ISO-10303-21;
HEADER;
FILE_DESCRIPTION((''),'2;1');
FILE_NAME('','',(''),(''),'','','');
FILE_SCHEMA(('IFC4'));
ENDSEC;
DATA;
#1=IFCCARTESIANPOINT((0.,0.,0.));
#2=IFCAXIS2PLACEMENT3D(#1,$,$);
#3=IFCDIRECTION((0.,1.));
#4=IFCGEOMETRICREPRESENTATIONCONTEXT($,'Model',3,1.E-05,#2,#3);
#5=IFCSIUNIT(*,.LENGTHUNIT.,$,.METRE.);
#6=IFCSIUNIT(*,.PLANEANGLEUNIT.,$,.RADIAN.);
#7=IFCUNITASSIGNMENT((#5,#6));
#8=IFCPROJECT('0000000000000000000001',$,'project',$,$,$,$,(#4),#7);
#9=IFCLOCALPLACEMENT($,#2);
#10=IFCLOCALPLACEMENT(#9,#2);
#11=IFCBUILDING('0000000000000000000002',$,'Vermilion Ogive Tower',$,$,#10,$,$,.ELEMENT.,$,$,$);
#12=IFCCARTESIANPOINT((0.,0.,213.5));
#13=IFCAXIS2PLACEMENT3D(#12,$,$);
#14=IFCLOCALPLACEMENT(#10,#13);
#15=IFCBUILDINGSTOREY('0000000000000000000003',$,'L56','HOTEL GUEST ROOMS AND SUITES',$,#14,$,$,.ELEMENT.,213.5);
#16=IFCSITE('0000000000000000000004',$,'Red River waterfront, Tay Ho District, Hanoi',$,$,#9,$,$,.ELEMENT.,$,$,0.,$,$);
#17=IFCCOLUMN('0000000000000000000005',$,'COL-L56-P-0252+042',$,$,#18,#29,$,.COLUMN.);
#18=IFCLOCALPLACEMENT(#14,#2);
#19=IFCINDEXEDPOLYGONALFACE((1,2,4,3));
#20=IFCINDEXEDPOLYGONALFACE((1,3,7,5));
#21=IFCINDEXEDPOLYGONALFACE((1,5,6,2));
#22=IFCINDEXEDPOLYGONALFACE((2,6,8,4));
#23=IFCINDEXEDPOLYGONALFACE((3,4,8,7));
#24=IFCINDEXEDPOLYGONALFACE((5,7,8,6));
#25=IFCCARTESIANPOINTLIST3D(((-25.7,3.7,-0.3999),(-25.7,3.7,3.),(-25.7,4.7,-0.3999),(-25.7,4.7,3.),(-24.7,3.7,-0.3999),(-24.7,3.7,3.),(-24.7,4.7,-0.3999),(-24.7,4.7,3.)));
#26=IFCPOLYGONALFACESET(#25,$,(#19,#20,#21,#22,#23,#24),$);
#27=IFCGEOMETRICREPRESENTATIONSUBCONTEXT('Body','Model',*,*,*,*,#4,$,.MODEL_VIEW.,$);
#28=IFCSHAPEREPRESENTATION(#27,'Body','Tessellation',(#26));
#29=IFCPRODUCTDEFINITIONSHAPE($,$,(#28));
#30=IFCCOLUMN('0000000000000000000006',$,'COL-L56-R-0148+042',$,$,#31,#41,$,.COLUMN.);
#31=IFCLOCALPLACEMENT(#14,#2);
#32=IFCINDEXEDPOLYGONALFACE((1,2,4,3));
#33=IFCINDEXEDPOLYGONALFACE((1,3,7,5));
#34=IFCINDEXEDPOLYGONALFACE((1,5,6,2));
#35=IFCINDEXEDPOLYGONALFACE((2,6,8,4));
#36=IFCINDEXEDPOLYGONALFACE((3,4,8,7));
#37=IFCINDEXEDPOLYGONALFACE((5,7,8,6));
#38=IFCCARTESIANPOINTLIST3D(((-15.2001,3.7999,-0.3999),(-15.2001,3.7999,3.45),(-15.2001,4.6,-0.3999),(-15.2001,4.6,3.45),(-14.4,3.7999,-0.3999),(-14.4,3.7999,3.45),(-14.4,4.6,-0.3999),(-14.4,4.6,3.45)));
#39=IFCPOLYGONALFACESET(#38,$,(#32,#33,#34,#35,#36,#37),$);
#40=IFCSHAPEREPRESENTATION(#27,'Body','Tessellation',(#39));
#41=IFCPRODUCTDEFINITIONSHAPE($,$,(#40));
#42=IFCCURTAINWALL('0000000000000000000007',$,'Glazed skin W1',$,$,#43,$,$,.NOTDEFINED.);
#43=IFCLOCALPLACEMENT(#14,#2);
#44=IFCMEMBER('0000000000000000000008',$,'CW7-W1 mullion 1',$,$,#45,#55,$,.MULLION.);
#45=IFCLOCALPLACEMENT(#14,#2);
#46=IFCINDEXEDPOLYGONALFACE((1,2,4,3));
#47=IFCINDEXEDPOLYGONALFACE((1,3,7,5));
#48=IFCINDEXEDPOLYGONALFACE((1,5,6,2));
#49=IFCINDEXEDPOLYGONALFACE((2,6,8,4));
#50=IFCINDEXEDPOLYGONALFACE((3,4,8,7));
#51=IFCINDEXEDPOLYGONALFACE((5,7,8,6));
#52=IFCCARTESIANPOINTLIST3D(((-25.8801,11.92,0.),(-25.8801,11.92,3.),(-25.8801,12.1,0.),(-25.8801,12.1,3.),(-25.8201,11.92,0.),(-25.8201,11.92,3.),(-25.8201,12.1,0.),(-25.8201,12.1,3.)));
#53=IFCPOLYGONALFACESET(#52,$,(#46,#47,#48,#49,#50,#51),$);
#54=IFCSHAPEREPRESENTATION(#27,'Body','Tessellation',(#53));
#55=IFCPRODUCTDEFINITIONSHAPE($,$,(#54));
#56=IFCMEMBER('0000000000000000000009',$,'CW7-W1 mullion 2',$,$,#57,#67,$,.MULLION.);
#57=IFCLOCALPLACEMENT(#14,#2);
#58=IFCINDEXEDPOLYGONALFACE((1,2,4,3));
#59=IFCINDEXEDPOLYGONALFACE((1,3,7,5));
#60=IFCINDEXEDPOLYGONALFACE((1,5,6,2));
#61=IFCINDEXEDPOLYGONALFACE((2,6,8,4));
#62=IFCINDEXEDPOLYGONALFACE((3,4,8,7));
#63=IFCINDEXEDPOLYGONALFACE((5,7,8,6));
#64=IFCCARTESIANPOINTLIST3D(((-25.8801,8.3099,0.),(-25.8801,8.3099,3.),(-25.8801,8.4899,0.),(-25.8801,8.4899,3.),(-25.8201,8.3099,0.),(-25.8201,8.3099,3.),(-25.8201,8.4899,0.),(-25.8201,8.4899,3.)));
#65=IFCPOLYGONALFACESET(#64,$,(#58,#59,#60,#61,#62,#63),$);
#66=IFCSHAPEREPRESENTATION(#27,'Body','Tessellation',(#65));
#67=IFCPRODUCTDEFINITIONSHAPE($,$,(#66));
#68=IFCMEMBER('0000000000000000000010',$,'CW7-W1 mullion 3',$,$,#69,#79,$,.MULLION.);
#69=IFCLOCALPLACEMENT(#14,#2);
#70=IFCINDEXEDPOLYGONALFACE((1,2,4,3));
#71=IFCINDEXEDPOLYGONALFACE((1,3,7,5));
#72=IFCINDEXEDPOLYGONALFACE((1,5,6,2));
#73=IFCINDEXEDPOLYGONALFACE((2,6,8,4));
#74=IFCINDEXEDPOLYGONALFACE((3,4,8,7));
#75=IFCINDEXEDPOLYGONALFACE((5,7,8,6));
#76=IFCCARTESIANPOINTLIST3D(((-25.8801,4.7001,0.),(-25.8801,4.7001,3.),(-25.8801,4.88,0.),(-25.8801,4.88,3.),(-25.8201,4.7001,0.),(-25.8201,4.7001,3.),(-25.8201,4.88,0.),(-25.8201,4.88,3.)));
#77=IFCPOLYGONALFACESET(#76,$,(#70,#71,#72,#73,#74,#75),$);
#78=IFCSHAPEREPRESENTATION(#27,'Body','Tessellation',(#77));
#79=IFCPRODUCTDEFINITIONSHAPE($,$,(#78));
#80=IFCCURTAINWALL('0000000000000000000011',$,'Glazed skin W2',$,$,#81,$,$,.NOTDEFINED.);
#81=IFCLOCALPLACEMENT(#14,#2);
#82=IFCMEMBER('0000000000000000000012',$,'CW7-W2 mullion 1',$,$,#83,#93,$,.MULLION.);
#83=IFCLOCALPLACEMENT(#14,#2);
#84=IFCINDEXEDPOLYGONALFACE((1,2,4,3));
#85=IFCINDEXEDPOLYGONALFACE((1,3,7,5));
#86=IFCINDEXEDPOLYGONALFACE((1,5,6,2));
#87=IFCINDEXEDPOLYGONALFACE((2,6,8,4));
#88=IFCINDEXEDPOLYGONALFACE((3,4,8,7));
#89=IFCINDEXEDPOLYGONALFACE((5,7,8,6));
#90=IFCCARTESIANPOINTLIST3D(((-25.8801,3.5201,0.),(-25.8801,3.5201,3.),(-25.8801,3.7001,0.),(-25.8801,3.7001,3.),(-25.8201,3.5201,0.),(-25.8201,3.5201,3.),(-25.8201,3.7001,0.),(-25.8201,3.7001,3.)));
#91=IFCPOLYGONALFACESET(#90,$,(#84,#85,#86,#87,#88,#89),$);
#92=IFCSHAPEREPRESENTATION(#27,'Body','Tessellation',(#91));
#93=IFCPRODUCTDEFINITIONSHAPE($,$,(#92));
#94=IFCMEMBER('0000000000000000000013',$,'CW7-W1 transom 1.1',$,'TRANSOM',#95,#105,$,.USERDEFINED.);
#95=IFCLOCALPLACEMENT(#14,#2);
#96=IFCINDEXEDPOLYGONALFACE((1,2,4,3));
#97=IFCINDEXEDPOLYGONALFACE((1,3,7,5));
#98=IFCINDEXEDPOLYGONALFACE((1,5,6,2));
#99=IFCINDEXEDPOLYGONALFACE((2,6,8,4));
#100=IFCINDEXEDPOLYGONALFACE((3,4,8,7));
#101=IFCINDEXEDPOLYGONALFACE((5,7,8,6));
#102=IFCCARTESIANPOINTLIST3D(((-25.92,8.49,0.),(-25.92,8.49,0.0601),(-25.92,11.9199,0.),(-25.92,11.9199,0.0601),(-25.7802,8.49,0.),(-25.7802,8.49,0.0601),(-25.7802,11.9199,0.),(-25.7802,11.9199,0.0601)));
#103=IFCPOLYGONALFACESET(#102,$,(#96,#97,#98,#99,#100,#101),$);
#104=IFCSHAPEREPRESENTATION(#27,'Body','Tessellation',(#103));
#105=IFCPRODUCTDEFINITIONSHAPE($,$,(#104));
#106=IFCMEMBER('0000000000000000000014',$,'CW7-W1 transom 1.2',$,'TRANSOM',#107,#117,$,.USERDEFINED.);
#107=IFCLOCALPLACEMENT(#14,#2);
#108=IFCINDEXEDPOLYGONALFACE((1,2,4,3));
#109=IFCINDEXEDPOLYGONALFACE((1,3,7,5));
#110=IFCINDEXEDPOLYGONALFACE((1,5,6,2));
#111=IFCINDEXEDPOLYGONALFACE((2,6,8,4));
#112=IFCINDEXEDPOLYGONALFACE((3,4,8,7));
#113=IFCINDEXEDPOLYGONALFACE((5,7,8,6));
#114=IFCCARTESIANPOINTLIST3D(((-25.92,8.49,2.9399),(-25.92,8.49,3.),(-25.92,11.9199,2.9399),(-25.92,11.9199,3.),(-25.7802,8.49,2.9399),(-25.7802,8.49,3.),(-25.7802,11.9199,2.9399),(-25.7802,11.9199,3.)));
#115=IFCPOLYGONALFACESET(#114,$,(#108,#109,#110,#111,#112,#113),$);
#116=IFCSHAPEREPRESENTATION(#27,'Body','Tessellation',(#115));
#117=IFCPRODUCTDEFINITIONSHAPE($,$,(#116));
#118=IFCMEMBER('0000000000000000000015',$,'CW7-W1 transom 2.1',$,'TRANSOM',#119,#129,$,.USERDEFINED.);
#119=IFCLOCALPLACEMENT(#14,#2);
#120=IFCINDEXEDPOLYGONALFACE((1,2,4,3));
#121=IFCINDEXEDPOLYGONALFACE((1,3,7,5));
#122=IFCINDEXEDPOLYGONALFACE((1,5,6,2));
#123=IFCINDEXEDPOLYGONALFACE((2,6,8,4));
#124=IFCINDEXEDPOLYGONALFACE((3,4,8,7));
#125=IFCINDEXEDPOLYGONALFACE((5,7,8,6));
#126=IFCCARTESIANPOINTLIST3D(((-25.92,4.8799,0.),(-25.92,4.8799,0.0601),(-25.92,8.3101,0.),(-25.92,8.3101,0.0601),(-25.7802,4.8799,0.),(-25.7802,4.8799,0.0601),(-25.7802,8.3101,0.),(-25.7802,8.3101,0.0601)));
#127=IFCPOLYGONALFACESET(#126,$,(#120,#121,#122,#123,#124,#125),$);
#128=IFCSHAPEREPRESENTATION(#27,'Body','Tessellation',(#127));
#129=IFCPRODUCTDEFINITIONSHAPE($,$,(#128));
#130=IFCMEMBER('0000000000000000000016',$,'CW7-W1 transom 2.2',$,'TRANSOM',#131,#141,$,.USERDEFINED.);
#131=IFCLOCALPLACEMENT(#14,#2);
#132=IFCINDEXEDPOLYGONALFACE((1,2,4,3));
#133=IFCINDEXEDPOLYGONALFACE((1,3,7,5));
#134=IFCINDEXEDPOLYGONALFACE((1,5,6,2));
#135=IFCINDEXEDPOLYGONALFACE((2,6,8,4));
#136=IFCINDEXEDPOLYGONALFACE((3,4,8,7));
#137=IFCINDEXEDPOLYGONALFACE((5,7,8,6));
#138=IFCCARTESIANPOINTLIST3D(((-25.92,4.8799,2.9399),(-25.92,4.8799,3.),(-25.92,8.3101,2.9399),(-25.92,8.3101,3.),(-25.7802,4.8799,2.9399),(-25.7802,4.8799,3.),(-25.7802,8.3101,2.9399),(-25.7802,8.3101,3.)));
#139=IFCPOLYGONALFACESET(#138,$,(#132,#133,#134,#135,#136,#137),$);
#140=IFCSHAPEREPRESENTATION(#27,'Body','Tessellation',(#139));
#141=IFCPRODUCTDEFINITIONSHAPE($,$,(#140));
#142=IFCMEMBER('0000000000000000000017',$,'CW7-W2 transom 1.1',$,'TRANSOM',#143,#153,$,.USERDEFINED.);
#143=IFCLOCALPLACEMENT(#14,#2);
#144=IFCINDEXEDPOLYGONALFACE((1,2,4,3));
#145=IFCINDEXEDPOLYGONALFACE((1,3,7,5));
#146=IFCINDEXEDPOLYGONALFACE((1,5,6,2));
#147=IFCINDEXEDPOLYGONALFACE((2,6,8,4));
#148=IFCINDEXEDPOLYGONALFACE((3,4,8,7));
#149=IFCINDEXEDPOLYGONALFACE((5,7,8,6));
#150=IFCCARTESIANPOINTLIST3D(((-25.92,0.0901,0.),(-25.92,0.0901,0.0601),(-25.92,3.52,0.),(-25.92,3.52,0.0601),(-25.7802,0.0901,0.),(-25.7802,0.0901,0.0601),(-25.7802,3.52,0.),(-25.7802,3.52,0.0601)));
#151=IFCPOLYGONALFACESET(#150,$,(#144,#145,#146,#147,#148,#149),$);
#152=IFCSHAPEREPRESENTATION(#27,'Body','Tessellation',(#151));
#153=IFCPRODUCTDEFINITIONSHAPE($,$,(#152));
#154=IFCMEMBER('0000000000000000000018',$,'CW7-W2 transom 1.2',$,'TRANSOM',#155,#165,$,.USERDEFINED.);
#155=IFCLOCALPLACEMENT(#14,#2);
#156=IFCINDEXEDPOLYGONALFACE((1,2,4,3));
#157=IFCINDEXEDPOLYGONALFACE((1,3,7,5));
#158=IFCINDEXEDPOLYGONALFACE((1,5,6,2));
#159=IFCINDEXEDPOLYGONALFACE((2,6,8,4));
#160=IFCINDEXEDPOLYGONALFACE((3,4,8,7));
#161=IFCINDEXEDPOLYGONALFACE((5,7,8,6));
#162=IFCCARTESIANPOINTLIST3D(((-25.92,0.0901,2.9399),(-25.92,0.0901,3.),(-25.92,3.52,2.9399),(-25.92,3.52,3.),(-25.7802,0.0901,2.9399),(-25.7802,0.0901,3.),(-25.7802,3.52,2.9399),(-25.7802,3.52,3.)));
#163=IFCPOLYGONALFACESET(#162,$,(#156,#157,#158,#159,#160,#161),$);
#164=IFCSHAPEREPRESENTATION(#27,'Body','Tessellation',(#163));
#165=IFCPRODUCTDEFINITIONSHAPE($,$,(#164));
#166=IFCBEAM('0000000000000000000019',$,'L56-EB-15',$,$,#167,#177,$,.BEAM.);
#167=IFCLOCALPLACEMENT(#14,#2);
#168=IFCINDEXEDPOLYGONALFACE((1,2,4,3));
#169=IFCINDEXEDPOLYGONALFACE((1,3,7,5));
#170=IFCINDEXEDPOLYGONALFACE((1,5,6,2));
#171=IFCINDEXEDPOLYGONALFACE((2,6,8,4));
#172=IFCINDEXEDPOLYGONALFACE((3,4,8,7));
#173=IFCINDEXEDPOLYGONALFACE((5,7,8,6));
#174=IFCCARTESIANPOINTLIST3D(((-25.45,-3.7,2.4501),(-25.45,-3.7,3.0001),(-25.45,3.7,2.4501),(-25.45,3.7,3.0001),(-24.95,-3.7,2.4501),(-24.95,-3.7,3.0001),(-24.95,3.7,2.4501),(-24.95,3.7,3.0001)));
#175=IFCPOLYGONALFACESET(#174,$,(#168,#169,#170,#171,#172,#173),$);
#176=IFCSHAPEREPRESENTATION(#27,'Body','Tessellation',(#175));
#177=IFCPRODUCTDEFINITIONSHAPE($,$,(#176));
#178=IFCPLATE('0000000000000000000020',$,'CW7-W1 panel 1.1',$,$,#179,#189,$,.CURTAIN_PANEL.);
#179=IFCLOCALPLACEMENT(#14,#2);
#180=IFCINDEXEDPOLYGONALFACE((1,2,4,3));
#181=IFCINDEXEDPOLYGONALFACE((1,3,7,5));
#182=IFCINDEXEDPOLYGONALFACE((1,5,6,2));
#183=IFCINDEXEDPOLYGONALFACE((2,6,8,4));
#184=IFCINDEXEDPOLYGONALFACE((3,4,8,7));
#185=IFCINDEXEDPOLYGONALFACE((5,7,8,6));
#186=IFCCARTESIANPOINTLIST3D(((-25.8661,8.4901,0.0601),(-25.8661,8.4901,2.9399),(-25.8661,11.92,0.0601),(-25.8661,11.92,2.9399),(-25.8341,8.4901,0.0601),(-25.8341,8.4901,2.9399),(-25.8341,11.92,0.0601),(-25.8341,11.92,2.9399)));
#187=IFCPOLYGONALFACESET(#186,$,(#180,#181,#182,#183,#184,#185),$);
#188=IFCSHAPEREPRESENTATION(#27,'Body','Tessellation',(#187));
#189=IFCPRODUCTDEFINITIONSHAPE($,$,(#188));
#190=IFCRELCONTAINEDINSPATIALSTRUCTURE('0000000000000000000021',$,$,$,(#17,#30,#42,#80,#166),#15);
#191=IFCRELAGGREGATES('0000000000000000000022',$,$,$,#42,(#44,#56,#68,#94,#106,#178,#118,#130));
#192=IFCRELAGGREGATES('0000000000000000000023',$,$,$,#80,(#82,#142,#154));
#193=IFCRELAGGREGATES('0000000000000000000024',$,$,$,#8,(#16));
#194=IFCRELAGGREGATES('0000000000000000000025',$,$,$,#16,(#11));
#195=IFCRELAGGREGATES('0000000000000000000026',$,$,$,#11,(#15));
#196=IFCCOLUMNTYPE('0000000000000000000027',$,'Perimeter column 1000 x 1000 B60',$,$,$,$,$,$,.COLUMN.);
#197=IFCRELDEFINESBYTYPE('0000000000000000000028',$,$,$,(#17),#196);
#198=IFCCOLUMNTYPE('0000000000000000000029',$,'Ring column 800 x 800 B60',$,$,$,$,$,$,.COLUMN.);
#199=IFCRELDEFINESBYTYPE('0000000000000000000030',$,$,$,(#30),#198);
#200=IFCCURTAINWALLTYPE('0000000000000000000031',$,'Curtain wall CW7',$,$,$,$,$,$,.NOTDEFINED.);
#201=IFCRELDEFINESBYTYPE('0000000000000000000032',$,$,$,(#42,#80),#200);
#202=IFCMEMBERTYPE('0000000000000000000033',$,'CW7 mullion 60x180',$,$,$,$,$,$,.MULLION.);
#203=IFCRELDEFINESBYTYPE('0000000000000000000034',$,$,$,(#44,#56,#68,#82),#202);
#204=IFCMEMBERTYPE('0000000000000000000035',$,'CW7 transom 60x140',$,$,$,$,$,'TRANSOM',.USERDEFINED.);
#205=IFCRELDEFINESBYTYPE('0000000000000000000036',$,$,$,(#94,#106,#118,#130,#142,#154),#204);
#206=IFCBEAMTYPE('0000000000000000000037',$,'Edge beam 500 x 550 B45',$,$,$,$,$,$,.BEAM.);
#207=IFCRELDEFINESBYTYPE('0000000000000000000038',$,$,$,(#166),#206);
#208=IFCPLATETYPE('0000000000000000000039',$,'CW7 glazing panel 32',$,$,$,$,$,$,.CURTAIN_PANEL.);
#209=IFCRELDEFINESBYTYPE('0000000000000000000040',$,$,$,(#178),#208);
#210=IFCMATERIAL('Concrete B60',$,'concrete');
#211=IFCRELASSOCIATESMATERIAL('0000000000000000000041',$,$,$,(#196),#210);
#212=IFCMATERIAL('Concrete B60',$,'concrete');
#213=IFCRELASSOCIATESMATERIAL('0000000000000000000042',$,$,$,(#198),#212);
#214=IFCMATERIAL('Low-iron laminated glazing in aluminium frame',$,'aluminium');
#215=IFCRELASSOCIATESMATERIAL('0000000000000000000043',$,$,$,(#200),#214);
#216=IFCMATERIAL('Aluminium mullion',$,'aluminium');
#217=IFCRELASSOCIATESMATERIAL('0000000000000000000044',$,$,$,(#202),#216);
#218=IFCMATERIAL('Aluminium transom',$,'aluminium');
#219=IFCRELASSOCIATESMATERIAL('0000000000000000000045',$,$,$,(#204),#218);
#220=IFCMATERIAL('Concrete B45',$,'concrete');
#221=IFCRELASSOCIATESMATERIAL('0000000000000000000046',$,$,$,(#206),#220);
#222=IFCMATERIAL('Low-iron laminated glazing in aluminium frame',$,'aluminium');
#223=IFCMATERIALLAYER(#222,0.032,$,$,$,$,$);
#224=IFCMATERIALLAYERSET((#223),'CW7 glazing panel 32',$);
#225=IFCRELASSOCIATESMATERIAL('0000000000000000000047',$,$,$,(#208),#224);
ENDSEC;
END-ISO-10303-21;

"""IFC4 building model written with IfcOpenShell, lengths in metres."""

from ifc_helpers import new_model, si_unit, direction, frame, origin, origin_2d, place, context, subcontext, project, spatial, rectangle, extrude, material, layer, layer_set, material_profile, profile_set, type_object, element, aggregate, save


model = new_model("IFC4")

# Units and contexts
model_context = context("Model", 3, precision=1e-05, world=origin(), true_north=direction((0.0, 1.0)))
body_context = subcontext(model_context, "Body", "Model", "MODEL_VIEW")
ifc_project = project(units=[si_unit("LENGTHUNIT", "METRE"), si_unit("PLANEANGLEUNIT", "RADIAN")], contexts=[model_context])

# Site, building, storey
site_placement = place(None, origin())
site = spatial("IfcSite", under=ifc_project, at=site_placement, Name="Red River waterfront, Tay Ho District, Hanoi", CompositionType="ELEMENT", RefElevation=0.0)
building_placement = place(site_placement, origin())
building = spatial("IfcBuilding", under=site, at=building_placement, Name="Vermilion Ogive Tower", CompositionType="ELEMENT")
storey_placement = place(building_placement, frame((0.0, 0.0, 213.5)))
storey = spatial("IfcBuildingStorey", under=building, at=storey_placement, Name="L56", Description="HOTEL GUEST ROOMS AND SUITES", CompositionType="ELEMENT", Elevation=213.5)

# Columns
ifc_material_1 = material(Name="Concrete B60", Category="concrete")
ifc_material_profile_1 = material_profile(ifc_material_1, rectangle(XDim=1.0, YDim=1.0, at=origin_2d()), Name="1000 x 1000")
ifc_profile_set_1 = profile_set([ifc_material_profile_1], Name="Concrete B60")
column_type_1 = type_object("IfcColumnType", Name="Perimeter column 1000 x 1000 B60", PredefinedType="COLUMN", material=ifc_profile_set_1)
column_1_placement = place(storey_placement, frame((-25.2, 4.2, -0.3999), z_axis=(0.0, 0.0, 1.0), x_axis=(1.0, 0.0, 0.0)))
element("IfcColumn", 1, at=column_1_placement, inside=storey, type_object=column_type_1, Name="COL-L56-P-0252+042", PredefinedType="COLUMN", context=body_context, shape_type="SweptSolid", body=[
    extrude(rectangle(XDim=1.0, YDim=1.0, at=origin_2d()), origin(), (0.0, 0.0, 1.0), 3.3999),
])
ifc_material_2 = material(Name="Concrete B60", Category="concrete")
ifc_material_profile_2 = material_profile(ifc_material_2, rectangle(XDim=0.8, YDim=0.8, at=origin_2d()), Name="800 x 800")
ifc_profile_set_2 = profile_set([ifc_material_profile_2], Name="Concrete B60")
column_type_2 = type_object("IfcColumnType", Name="Ring column 800 x 800 B60", PredefinedType="COLUMN", material=ifc_profile_set_2)
column_2_placement = place(storey_placement, frame((-14.8, 4.2, -0.3999), z_axis=(0.0, 0.0, 1.0), x_axis=(1.0, 0.0, 0.0)))
element("IfcColumn", 2, at=column_2_placement, inside=storey, type_object=column_type_2, Name="COL-L56-R-0148+042", PredefinedType="COLUMN", context=body_context, shape_type="SweptSolid", body=[
    extrude(rectangle(XDim=0.8, YDim=0.8, at=origin_2d()), origin(), (0.0, 0.0, 1.0), 3.8499),
])

# Curtain wall, members
ifc_material_3 = material(Name="Low-iron laminated glazing in aluminium frame", Category="aluminium")
curtain_wall_type = type_object("IfcCurtainWallType", Name="Curtain wall CW7", PredefinedType="NOTDEFINED", material=ifc_material_3)
curtain_wall_1_placement = place(storey_placement, origin())
curtain_wall_1 = element("IfcCurtainWall", 3, at=curtain_wall_1_placement, inside=storey, type_object=curtain_wall_type, Name="Glazed skin W1", PredefinedType="NOTDEFINED")
ifc_material_4 = material(Name="Aluminium mullion", Category="aluminium")
ifc_material_profile_3 = material_profile(ifc_material_4, rectangle(XDim=0.0601, YDim=0.1799, at=origin_2d()), Name="AL 60x180")
ifc_profile_set_3 = profile_set([ifc_material_profile_3], Name="Aluminium mullion")
member_type_1 = type_object("IfcMemberType", Name="CW7 mullion 60x180", PredefinedType="MULLION", material=ifc_profile_set_3)
member_1_placement = place(storey_placement, frame((-25.8501, 12.01, 0.0), z_axis=(0.0, 0.0, 1.0), x_axis=(1.0, 0.0, 0.0)))
member_1 = element("IfcMember", 4, at=member_1_placement, type_object=member_type_1, Name="CW7-W1 mullion 1", PredefinedType="MULLION", context=body_context, shape_type="SweptSolid", body=[
    extrude(rectangle(XDim=0.0601, YDim=0.1799, at=origin_2d()), origin(), (0.0, 0.0, 1.0), 3.0),
])
member_2_placement = place(storey_placement, frame((-25.8501, 8.3999, 0.0), z_axis=(0.0, 0.0, 1.0), x_axis=(1.0, 0.0, 0.0)))
member_2 = element("IfcMember", 5, at=member_2_placement, type_object=member_type_1, Name="CW7-W1 mullion 2", PredefinedType="MULLION", context=body_context, shape_type="SweptSolid", body=[
    extrude(rectangle(XDim=0.0601, YDim=0.1799, at=origin_2d()), origin(), (0.0, 0.0, 1.0), 3.0),
])
member_3_placement = place(storey_placement, frame((-25.8501, 4.79, 0.0), z_axis=(0.0, 0.0, 1.0), x_axis=(1.0, 0.0, 0.0)))
member_3 = element("IfcMember", 6, at=member_3_placement, type_object=member_type_1, Name="CW7-W1 mullion 3", PredefinedType="MULLION", context=body_context, shape_type="SweptSolid", body=[
    extrude(rectangle(XDim=0.0601, YDim=0.1799, at=origin_2d()), origin(), (0.0, 0.0, 1.0), 3.0),
])

# Curtain wall, member
curtain_wall_2_placement = place(storey_placement, origin())
curtain_wall_2 = element("IfcCurtainWall", 7, at=curtain_wall_2_placement, inside=storey, type_object=curtain_wall_type, Name="Glazed skin W2", PredefinedType="NOTDEFINED")
member_4_placement = place(storey_placement, frame((-25.8501, 3.6101, 0.0), z_axis=(0.0, 0.0, 1.0), x_axis=(1.0, 0.0, 0.0)))
member_4 = element("IfcMember", 8, at=member_4_placement, type_object=member_type_1, Name="CW7-W2 mullion 1", PredefinedType="MULLION", context=body_context, shape_type="SweptSolid", body=[
    extrude(rectangle(XDim=0.0601, YDim=0.1799, at=origin_2d()), origin(), (0.0, 0.0, 1.0), 3.0),
])

# Members
ifc_material_5 = material(Name="Aluminium transom", Category="aluminium")
ifc_material_profile_4 = material_profile(ifc_material_5, rectangle(XDim=0.1399, YDim=0.0601, at=origin_2d()), Name="AL 60x140")
ifc_profile_set_4 = profile_set([ifc_material_profile_4], Name="Aluminium transom")
member_type_2 = type_object("IfcMemberType", Name="CW7 transom 60x140", ElementType="TRANSOM", PredefinedType="USERDEFINED", material=ifc_profile_set_4)
member_5_placement = place(storey_placement, frame((-25.8501, 11.9199, 0.03), z_axis=(0.0, -1.0, 0.0), x_axis=(1.0, 0.0, 0.0)))
member_5 = element("IfcMember", 9, at=member_5_placement, type_object=member_type_2, Name="CW7-W1 transom 1.1", ObjectType="TRANSOM", PredefinedType="USERDEFINED", context=body_context, shape_type="SweptSolid", body=[
    extrude(rectangle(XDim=0.1399, YDim=0.0601, at=origin_2d()), origin(), (0.0, 0.0, 1.0), 3.4299),
])
member_6_placement = place(storey_placement, frame((-25.8501, 11.9199, 2.97), z_axis=(0.0, -1.0, 0.0), x_axis=(1.0, 0.0, 0.0)))
member_6 = element("IfcMember", 10, at=member_6_placement, type_object=member_type_2, Name="CW7-W1 transom 1.2", ObjectType="TRANSOM", PredefinedType="USERDEFINED", context=body_context, shape_type="SweptSolid", body=[
    extrude(rectangle(XDim=0.1399, YDim=0.0601, at=origin_2d()), origin(), (0.0, 0.0, 1.0), 3.4299),
])
member_7_placement = place(storey_placement, frame((-25.8501, 8.3101, 0.03), z_axis=(0.0, -1.0, 0.0), x_axis=(1.0, 0.0, 0.0)))
member_7 = element("IfcMember", 11, at=member_7_placement, type_object=member_type_2, Name="CW7-W1 transom 2.1", ObjectType="TRANSOM", PredefinedType="USERDEFINED", context=body_context, shape_type="SweptSolid", body=[
    extrude(rectangle(XDim=0.1399, YDim=0.0601, at=origin_2d()), origin(), (0.0, 0.0, 1.0), 3.4302),
])
member_8_placement = place(storey_placement, frame((-25.8501, 8.3101, 2.97), z_axis=(0.0, -1.0, 0.0), x_axis=(1.0, 0.0, 0.0)))
member_8 = element("IfcMember", 12, at=member_8_placement, type_object=member_type_2, Name="CW7-W1 transom 2.2", ObjectType="TRANSOM", PredefinedType="USERDEFINED", context=body_context, shape_type="SweptSolid", body=[
    extrude(rectangle(XDim=0.1399, YDim=0.0601, at=origin_2d()), origin(), (0.0, 0.0, 1.0), 3.4302),
])
member_9_placement = place(storey_placement, frame((-25.8501, 3.52, 0.03), z_axis=(0.0, -1.0, 0.0), x_axis=(1.0, 0.0, 0.0)))
member_9 = element("IfcMember", 13, at=member_9_placement, type_object=member_type_2, Name="CW7-W2 transom 1.1", ObjectType="TRANSOM", PredefinedType="USERDEFINED", context=body_context, shape_type="SweptSolid", body=[
    extrude(rectangle(XDim=0.1399, YDim=0.0601, at=origin_2d()), origin(), (0.0, 0.0, 1.0), 3.4299),
])
member_10_placement = place(storey_placement, frame((-25.8501, 3.52, 2.97), z_axis=(0.0, -1.0, 0.0), x_axis=(1.0, 0.0, 0.0)))
member_10 = element("IfcMember", 14, at=member_10_placement, type_object=member_type_2, Name="CW7-W2 transom 1.2", ObjectType="TRANSOM", PredefinedType="USERDEFINED", context=body_context, shape_type="SweptSolid", body=[
    extrude(rectangle(XDim=0.1399, YDim=0.0601, at=origin_2d()), origin(), (0.0, 0.0, 1.0), 3.4299),
])

# Beam
ifc_material_6 = material(Name="Concrete B45", Category="concrete")
ifc_material_profile_5 = material_profile(ifc_material_6, rectangle(XDim=0.5, YDim=0.55, at=origin_2d()), Name="500 x 550")
ifc_profile_set_5 = profile_set([ifc_material_profile_5], Name="Concrete B45")
beam_type = type_object("IfcBeamType", Name="Edge beam 500 x 550 B45", PredefinedType="BEAM", material=ifc_profile_set_5)
beam_placement = place(storey_placement, frame((-25.2, 3.7, 2.7251), z_axis=(0.0, -1.0, 0.0), x_axis=(1.0, 0.0, 0.0)))
element("IfcBeam", 15, at=beam_placement, inside=storey, type_object=beam_type, Name="L56-EB-15", PredefinedType="BEAM", context=body_context, shape_type="SweptSolid", body=[
    extrude(rectangle(XDim=0.5, YDim=0.55, at=origin_2d()), origin(), (0.0, 0.0, 1.0), 7.3999),
])

# Plate
ifc_material_7 = material(Name="Low-iron laminated glazing in aluminium frame", Category="aluminium")
ifc_layer_1 = layer(ifc_material_7, 0.032)
ifc_layer_set_1 = layer_set([ifc_layer_1], Name="CW7 glazing panel 32")
plate_type = type_object("IfcPlateType", Name="CW7 glazing panel 32", PredefinedType="CURTAIN_PANEL", material=ifc_layer_set_1)
plate_1_placement = place(storey_placement, frame((-25.8501, 10.2051, 0.0601), z_axis=(0.0, 0.0, 1.0), x_axis=(0.0, -1.0, 0.0)))
plate_1 = element("IfcPlate", 16, at=plate_1_placement, type_object=plate_type, Name="CW7-W1 panel 1.1", PredefinedType="CURTAIN_PANEL", context=body_context, shape_type="SweptSolid", body=[
    extrude(rectangle(XDim=3.4299, YDim=0.032, at=origin_2d()), origin(), (0.0, 0.0, 1.0), 2.8799),
])
aggregate(curtain_wall_1, [member_1, member_2, member_3, member_5, member_6, plate_1, member_7, member_8])
aggregate(curtain_wall_2, [member_4, member_9, member_10])

save(model, "model.ifc")
